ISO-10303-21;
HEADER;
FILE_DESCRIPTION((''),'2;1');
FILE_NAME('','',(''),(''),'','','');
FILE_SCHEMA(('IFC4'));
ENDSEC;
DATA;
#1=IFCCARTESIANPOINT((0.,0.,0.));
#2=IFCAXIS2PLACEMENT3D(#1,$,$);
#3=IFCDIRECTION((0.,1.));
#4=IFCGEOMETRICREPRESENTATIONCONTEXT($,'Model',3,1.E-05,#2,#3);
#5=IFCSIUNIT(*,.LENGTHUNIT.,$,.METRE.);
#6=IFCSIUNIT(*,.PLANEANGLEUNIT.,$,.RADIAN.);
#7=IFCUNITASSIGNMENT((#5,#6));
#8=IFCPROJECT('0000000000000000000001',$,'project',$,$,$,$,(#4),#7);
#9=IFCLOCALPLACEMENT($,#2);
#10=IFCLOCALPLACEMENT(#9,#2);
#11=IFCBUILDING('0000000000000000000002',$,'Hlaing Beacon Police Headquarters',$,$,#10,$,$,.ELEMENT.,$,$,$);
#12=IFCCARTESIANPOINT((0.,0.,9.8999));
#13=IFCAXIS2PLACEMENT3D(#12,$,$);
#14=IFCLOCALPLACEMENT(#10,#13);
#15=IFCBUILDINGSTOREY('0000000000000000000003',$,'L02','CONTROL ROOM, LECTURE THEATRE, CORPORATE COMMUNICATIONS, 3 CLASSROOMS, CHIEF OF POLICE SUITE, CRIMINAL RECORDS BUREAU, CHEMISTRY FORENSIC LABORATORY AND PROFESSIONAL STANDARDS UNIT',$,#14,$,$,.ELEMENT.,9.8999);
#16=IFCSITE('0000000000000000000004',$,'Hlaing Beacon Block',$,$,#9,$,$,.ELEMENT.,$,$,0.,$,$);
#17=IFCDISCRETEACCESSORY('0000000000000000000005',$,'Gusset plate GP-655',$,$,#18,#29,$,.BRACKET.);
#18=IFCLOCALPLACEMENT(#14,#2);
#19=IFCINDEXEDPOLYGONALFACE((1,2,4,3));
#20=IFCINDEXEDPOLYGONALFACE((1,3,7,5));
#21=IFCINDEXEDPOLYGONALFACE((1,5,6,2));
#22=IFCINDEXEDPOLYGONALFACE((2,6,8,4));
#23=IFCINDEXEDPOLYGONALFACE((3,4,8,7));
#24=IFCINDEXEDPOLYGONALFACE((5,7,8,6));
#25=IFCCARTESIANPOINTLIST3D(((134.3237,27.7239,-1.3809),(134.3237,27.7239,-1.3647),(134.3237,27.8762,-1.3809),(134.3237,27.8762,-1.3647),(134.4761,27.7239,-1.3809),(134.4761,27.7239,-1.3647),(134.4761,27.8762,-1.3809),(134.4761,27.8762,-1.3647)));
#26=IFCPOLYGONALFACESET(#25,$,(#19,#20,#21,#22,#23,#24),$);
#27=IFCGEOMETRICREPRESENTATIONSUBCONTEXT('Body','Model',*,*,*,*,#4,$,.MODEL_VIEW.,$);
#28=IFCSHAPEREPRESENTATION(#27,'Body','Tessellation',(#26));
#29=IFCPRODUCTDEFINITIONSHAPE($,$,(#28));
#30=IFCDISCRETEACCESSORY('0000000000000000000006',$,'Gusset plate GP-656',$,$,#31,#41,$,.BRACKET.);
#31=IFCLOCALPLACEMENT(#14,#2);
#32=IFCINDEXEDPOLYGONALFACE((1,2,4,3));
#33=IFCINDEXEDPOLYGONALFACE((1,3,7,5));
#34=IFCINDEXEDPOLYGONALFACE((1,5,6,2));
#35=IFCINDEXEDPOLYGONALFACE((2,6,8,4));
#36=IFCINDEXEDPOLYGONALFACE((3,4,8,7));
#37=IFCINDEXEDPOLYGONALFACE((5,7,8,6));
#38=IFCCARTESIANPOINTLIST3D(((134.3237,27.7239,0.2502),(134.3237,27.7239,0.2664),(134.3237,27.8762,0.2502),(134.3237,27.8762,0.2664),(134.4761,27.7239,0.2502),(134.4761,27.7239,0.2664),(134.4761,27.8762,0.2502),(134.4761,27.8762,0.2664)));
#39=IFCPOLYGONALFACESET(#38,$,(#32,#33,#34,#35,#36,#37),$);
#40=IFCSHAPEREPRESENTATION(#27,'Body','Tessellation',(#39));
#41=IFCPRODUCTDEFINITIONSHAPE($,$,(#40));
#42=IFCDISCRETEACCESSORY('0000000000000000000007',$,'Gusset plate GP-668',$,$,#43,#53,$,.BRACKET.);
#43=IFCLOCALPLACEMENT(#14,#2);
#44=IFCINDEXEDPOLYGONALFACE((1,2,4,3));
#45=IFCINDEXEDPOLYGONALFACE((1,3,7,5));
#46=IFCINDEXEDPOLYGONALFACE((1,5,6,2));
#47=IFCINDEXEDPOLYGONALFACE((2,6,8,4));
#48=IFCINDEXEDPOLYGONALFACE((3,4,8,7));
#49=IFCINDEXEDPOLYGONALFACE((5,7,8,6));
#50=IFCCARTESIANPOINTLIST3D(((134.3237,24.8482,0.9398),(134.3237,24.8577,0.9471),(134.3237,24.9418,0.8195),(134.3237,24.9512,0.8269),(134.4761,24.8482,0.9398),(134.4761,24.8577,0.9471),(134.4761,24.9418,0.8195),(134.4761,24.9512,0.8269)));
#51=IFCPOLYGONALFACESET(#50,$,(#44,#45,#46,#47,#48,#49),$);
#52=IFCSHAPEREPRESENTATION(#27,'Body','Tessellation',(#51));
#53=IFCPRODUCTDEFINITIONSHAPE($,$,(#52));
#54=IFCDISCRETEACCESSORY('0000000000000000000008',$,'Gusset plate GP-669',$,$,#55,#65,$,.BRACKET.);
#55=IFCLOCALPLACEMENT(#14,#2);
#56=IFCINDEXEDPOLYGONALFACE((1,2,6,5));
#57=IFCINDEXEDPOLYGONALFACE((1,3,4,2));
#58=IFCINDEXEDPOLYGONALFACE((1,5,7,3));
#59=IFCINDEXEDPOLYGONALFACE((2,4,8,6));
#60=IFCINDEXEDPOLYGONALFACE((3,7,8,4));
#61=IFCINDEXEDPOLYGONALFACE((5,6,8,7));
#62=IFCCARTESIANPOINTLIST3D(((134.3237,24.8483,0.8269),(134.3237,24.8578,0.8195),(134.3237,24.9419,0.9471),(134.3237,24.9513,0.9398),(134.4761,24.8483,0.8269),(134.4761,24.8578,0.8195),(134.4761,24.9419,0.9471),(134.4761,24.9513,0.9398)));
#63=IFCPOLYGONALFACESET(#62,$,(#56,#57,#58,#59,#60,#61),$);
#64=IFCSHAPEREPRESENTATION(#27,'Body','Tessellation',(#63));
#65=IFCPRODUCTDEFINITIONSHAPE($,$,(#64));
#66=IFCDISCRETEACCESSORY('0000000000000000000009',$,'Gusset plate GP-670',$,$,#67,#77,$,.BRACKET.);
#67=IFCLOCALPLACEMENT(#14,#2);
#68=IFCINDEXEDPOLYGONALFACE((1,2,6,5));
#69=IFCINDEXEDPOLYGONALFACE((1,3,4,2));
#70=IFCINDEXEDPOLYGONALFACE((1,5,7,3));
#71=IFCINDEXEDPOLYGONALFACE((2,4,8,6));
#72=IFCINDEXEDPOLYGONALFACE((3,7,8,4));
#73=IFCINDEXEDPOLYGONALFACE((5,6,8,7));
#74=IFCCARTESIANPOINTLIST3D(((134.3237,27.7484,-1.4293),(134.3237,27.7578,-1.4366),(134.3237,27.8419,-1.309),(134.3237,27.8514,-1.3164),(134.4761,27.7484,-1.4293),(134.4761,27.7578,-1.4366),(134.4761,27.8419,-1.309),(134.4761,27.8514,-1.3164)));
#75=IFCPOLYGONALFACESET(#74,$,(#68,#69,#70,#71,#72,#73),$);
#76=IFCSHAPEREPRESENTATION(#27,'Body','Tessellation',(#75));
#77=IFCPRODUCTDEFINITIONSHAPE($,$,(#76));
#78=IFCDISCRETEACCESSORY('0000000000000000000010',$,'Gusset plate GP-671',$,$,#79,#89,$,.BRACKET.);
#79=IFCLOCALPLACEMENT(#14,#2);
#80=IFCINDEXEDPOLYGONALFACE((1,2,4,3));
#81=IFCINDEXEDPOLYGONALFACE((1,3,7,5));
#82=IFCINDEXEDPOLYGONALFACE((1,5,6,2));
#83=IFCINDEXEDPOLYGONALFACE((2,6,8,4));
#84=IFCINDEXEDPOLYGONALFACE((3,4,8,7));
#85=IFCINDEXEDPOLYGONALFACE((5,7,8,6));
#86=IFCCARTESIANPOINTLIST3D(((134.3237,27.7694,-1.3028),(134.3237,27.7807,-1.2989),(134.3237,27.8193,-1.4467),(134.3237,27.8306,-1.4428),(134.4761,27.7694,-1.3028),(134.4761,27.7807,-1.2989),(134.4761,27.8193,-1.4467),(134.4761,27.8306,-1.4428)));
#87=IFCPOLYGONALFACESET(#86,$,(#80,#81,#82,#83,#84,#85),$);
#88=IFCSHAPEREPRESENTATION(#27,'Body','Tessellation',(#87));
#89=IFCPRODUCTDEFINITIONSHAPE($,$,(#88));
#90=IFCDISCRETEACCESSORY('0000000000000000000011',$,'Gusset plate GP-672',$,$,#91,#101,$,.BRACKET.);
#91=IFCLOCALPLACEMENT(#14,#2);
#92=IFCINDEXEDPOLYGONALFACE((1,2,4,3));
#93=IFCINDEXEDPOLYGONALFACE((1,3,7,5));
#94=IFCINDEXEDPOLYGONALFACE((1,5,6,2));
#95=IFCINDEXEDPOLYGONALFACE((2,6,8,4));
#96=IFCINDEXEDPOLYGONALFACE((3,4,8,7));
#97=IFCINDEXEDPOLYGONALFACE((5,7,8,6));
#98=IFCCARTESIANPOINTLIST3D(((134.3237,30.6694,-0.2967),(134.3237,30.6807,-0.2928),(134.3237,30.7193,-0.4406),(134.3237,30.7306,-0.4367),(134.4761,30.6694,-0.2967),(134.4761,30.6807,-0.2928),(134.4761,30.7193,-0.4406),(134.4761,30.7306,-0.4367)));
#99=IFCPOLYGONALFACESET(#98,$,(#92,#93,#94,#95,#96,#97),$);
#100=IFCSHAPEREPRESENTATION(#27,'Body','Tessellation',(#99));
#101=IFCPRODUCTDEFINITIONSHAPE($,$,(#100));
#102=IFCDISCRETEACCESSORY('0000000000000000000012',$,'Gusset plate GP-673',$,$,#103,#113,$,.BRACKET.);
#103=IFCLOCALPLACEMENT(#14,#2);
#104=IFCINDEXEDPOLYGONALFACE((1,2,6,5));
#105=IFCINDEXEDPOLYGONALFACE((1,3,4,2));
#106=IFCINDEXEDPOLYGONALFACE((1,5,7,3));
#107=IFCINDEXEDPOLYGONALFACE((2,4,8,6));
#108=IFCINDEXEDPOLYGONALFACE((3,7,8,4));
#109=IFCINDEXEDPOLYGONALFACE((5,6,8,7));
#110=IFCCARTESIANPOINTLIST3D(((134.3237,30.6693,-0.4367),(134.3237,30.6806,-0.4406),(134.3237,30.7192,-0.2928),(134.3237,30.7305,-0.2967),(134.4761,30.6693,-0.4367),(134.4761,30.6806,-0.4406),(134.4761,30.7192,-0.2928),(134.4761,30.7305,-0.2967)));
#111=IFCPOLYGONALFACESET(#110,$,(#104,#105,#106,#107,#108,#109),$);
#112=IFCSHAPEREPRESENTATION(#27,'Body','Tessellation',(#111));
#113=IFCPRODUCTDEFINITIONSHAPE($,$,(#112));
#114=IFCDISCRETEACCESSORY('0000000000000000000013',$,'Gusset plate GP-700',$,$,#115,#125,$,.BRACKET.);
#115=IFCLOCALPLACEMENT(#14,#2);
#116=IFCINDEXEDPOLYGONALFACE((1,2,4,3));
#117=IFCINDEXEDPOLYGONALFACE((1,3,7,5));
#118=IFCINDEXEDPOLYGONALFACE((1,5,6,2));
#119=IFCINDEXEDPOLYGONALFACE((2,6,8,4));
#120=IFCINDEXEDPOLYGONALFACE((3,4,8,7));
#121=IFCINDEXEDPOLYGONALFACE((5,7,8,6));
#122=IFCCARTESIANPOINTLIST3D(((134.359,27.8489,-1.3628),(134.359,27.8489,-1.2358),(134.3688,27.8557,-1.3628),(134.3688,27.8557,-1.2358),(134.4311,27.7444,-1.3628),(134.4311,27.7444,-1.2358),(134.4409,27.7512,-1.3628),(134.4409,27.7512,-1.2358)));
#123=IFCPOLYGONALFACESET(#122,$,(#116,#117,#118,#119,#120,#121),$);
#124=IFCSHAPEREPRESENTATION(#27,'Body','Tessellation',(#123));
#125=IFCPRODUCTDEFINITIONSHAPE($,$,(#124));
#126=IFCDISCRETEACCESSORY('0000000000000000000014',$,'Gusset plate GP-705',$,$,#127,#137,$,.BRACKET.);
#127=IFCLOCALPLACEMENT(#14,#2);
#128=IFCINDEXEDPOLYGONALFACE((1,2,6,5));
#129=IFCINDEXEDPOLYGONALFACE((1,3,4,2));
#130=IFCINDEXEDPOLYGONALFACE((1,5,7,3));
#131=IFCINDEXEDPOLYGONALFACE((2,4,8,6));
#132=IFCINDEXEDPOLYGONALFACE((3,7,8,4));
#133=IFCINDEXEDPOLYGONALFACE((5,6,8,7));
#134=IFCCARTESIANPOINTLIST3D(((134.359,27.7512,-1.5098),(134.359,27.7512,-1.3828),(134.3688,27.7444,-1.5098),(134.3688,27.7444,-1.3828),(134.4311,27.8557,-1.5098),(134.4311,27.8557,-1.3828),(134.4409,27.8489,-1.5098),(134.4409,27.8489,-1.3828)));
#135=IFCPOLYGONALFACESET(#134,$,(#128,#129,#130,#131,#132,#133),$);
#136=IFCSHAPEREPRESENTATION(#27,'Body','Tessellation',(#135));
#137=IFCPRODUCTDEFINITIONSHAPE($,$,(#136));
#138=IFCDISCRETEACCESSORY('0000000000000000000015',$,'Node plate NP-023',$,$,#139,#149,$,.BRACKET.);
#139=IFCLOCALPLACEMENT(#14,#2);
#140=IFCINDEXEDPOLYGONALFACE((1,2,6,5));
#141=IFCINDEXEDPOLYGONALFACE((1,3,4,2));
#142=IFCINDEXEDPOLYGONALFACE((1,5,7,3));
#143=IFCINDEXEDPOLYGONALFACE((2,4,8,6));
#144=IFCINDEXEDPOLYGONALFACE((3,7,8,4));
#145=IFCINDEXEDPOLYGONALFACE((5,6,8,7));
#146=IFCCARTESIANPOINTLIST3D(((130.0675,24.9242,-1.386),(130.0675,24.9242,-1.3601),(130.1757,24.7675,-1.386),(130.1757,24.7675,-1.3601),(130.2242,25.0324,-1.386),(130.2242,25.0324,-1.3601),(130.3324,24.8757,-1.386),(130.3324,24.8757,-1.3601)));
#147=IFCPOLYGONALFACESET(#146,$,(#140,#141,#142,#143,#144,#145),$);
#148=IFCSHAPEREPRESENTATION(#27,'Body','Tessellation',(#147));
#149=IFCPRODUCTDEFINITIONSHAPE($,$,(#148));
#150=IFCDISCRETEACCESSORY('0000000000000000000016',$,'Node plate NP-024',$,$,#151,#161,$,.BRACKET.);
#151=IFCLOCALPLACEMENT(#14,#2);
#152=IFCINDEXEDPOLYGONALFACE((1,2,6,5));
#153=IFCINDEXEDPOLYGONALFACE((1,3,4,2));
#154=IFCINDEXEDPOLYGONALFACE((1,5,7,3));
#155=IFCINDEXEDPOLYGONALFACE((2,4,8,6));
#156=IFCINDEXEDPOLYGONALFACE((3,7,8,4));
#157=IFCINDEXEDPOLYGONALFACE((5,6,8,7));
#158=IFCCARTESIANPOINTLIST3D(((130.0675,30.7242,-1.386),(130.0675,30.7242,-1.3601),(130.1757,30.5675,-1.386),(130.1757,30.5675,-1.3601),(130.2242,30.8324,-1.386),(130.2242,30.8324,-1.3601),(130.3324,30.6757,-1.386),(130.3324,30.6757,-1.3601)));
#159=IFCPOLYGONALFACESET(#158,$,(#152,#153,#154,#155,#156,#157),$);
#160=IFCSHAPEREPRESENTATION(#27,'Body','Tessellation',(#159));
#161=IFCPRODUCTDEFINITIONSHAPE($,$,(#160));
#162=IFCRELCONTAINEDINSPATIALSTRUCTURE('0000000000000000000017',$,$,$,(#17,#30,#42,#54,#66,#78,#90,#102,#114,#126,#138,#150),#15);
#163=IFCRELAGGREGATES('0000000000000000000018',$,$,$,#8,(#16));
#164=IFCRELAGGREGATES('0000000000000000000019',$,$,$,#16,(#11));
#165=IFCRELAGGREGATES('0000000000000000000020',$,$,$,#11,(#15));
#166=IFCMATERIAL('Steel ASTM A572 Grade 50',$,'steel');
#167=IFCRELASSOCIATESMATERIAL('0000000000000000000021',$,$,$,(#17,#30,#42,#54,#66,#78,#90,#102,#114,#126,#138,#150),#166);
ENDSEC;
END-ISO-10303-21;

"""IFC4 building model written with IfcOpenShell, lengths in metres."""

from ifc_helpers import new_model, si_unit, direction, frame, origin, origin_2d, place, context, subcontext, project, spatial, rectangle, extrude, material, element, save


model = new_model("IFC4")

# Units and contexts
model_context = context("Model", 3, precision=1e-05, world=origin(), true_north=direction((0.0, 1.0)))
body_context = subcontext(model_context, "Body", "Model", "MODEL_VIEW")
ifc_project = project(units=[si_unit("LENGTHUNIT", "METRE"), si_unit("PLANEANGLEUNIT", "RADIAN")], contexts=[model_context])

# Site, building, storey
site_placement = place(None, origin())
site = spatial("IfcSite", under=ifc_project, at=site_placement, Name="Hlaing Beacon Block", CompositionType="ELEMENT", RefElevation=0.0)
building_placement = place(site_placement, origin())
building = spatial("IfcBuilding", under=site, at=building_placement, Name="Hlaing Beacon Police Headquarters", CompositionType="ELEMENT")
storey_placement = place(building_placement, frame((0.0, 0.0, 9.8999)))
storey = spatial("IfcBuildingStorey", under=building, at=storey_placement, Name="L02", Description="CONTROL ROOM, LECTURE THEATRE, CORPORATE COMMUNICATIONS, 3 CLASSROOMS, CHIEF OF POLICE SUITE, CRIMINAL RECORDS BUREAU, CHEMISTRY FORENSIC LABORATORY AND PROFESSIONAL STANDARDS UNIT", CompositionType="ELEMENT", Elevation=9.8999)

# Discrete accessories
ifc_material_1 = material(Name="Steel ASTM A572 Grade 50", Category="steel")
for number, where, z_axis, x_axis, name in (
    (1, (134.3999, 27.8, -1.3647), (0.0, 0.0, -1.0), (1.0, 0.0, 0.0), "Gusset plate GP-655"),
    (2, (134.3999, 27.8, 0.2502), (0.0, 0.0, 1.0), (1.0, 0.0, 0.0), "Gusset plate GP-656"),
):
    element("IfcDiscreteAccessory", number, at=place(storey_placement, frame(where, z_axis=z_axis, x_axis=x_axis)), inside=storey, material=ifc_material_1, Name=name, PredefinedType="BRACKET", context=body_context, shape_type="SweptSolid", body=[
        extrude(rectangle(XDim=0.1523, YDim=0.1523, at=origin_2d()), origin(), (0.0, 0.0, 1.0), 0.0161),
    ])
for number, where, z_axis, x_axis, name in (
    (3, (134.3999, 24.895, 0.8796), (0.0, 0.78927, 0.614046), (-1.0, 0.0, 0.0), "Gusset plate GP-668"),
    (4, (134.3999, 24.9045, 0.8796), (0.0, -0.789295, 0.614014), (1.0, 0.0, 0.0), "Gusset plate GP-669"),
    (5, (134.3999, 27.7952, -1.3691), (0.0, 0.789295, -0.614014), (-1.0, 0.0, 0.0), "Gusset plate GP-670"),
    (6, (134.3999, 27.8057, -1.3708), (0.0, -0.944755, -0.327777), (1.0, 0.0, 0.0), "Gusset plate GP-671"),
    (7, (134.3999, 30.6943, -0.3687), (0.0, 0.944755, 0.327777), (-1.0, 0.0, 0.0), "Gusset plate GP-672"),
    (8, (134.3999, 30.7056, -0.3687), (0.0, -0.944764, 0.327752), (1.0, 0.0, 0.0), "Gusset plate GP-673"),
):
    element("IfcDiscreteAccessory", number, at=place(storey_placement, frame(where, z_axis=z_axis, x_axis=x_axis)), inside=storey, material=ifc_material_1, Name=name, PredefinedType="BRACKET", context=body_context, shape_type="SweptSolid", body=[
        extrude(rectangle(XDim=0.1523, YDim=0.1523, at=origin_2d()), origin(), (0.0, 0.0, 1.0), 0.012),
    ])
for number, where, z_axis, x_axis, name in (
    (9, (134.395, 27.7966, -1.2993), (0.822892, 0.568198, 0.0), (-0.568198, 0.822892, 0.0), "Gusset plate GP-700"),
    (10, (134.395, 27.8035, -1.4463), (0.822892, -0.568198, 0.0), (0.568198, 0.822892, 0.0), "Gusset plate GP-705"),
):
    element("IfcDiscreteAccessory", number, at=place(storey_placement, frame(where, z_axis=z_axis, x_axis=x_axis)), inside=storey, material=ifc_material_1, Name=name, PredefinedType="BRACKET", context=body_context, shape_type="SweptSolid", body=[
        extrude(rectangle(XDim=0.127, YDim=0.127, at=origin_2d()), origin(), (0.0, 0.0, 1.0), 0.012),
    ])
for number, where, z_axis, x_axis, name in (
    (11, (130.2, 24.8999, -1.386), (0.0, 0.0, 1.0), (0.822897, 0.568191, 0.0), "Node plate NP-023"),
    (12, (130.2, 30.7, -1.386), (0.0, 0.0, 1.0), (0.822897, 0.568191, 0.0), "Node plate NP-024"),
):
    element("IfcDiscreteAccessory", number, at=place(storey_placement, frame(where, z_axis=z_axis, x_axis=x_axis)), inside=storey, material=ifc_material_1, Name=name, PredefinedType="BRACKET", context=body_context, shape_type="SweptSolid", body=[
        extrude(rectangle(XDim=0.1904, YDim=0.1904, at=origin_2d()), origin(), (0.0, 0.0, 1.0), 0.0259),
    ])

save(model, "model.ifc")
